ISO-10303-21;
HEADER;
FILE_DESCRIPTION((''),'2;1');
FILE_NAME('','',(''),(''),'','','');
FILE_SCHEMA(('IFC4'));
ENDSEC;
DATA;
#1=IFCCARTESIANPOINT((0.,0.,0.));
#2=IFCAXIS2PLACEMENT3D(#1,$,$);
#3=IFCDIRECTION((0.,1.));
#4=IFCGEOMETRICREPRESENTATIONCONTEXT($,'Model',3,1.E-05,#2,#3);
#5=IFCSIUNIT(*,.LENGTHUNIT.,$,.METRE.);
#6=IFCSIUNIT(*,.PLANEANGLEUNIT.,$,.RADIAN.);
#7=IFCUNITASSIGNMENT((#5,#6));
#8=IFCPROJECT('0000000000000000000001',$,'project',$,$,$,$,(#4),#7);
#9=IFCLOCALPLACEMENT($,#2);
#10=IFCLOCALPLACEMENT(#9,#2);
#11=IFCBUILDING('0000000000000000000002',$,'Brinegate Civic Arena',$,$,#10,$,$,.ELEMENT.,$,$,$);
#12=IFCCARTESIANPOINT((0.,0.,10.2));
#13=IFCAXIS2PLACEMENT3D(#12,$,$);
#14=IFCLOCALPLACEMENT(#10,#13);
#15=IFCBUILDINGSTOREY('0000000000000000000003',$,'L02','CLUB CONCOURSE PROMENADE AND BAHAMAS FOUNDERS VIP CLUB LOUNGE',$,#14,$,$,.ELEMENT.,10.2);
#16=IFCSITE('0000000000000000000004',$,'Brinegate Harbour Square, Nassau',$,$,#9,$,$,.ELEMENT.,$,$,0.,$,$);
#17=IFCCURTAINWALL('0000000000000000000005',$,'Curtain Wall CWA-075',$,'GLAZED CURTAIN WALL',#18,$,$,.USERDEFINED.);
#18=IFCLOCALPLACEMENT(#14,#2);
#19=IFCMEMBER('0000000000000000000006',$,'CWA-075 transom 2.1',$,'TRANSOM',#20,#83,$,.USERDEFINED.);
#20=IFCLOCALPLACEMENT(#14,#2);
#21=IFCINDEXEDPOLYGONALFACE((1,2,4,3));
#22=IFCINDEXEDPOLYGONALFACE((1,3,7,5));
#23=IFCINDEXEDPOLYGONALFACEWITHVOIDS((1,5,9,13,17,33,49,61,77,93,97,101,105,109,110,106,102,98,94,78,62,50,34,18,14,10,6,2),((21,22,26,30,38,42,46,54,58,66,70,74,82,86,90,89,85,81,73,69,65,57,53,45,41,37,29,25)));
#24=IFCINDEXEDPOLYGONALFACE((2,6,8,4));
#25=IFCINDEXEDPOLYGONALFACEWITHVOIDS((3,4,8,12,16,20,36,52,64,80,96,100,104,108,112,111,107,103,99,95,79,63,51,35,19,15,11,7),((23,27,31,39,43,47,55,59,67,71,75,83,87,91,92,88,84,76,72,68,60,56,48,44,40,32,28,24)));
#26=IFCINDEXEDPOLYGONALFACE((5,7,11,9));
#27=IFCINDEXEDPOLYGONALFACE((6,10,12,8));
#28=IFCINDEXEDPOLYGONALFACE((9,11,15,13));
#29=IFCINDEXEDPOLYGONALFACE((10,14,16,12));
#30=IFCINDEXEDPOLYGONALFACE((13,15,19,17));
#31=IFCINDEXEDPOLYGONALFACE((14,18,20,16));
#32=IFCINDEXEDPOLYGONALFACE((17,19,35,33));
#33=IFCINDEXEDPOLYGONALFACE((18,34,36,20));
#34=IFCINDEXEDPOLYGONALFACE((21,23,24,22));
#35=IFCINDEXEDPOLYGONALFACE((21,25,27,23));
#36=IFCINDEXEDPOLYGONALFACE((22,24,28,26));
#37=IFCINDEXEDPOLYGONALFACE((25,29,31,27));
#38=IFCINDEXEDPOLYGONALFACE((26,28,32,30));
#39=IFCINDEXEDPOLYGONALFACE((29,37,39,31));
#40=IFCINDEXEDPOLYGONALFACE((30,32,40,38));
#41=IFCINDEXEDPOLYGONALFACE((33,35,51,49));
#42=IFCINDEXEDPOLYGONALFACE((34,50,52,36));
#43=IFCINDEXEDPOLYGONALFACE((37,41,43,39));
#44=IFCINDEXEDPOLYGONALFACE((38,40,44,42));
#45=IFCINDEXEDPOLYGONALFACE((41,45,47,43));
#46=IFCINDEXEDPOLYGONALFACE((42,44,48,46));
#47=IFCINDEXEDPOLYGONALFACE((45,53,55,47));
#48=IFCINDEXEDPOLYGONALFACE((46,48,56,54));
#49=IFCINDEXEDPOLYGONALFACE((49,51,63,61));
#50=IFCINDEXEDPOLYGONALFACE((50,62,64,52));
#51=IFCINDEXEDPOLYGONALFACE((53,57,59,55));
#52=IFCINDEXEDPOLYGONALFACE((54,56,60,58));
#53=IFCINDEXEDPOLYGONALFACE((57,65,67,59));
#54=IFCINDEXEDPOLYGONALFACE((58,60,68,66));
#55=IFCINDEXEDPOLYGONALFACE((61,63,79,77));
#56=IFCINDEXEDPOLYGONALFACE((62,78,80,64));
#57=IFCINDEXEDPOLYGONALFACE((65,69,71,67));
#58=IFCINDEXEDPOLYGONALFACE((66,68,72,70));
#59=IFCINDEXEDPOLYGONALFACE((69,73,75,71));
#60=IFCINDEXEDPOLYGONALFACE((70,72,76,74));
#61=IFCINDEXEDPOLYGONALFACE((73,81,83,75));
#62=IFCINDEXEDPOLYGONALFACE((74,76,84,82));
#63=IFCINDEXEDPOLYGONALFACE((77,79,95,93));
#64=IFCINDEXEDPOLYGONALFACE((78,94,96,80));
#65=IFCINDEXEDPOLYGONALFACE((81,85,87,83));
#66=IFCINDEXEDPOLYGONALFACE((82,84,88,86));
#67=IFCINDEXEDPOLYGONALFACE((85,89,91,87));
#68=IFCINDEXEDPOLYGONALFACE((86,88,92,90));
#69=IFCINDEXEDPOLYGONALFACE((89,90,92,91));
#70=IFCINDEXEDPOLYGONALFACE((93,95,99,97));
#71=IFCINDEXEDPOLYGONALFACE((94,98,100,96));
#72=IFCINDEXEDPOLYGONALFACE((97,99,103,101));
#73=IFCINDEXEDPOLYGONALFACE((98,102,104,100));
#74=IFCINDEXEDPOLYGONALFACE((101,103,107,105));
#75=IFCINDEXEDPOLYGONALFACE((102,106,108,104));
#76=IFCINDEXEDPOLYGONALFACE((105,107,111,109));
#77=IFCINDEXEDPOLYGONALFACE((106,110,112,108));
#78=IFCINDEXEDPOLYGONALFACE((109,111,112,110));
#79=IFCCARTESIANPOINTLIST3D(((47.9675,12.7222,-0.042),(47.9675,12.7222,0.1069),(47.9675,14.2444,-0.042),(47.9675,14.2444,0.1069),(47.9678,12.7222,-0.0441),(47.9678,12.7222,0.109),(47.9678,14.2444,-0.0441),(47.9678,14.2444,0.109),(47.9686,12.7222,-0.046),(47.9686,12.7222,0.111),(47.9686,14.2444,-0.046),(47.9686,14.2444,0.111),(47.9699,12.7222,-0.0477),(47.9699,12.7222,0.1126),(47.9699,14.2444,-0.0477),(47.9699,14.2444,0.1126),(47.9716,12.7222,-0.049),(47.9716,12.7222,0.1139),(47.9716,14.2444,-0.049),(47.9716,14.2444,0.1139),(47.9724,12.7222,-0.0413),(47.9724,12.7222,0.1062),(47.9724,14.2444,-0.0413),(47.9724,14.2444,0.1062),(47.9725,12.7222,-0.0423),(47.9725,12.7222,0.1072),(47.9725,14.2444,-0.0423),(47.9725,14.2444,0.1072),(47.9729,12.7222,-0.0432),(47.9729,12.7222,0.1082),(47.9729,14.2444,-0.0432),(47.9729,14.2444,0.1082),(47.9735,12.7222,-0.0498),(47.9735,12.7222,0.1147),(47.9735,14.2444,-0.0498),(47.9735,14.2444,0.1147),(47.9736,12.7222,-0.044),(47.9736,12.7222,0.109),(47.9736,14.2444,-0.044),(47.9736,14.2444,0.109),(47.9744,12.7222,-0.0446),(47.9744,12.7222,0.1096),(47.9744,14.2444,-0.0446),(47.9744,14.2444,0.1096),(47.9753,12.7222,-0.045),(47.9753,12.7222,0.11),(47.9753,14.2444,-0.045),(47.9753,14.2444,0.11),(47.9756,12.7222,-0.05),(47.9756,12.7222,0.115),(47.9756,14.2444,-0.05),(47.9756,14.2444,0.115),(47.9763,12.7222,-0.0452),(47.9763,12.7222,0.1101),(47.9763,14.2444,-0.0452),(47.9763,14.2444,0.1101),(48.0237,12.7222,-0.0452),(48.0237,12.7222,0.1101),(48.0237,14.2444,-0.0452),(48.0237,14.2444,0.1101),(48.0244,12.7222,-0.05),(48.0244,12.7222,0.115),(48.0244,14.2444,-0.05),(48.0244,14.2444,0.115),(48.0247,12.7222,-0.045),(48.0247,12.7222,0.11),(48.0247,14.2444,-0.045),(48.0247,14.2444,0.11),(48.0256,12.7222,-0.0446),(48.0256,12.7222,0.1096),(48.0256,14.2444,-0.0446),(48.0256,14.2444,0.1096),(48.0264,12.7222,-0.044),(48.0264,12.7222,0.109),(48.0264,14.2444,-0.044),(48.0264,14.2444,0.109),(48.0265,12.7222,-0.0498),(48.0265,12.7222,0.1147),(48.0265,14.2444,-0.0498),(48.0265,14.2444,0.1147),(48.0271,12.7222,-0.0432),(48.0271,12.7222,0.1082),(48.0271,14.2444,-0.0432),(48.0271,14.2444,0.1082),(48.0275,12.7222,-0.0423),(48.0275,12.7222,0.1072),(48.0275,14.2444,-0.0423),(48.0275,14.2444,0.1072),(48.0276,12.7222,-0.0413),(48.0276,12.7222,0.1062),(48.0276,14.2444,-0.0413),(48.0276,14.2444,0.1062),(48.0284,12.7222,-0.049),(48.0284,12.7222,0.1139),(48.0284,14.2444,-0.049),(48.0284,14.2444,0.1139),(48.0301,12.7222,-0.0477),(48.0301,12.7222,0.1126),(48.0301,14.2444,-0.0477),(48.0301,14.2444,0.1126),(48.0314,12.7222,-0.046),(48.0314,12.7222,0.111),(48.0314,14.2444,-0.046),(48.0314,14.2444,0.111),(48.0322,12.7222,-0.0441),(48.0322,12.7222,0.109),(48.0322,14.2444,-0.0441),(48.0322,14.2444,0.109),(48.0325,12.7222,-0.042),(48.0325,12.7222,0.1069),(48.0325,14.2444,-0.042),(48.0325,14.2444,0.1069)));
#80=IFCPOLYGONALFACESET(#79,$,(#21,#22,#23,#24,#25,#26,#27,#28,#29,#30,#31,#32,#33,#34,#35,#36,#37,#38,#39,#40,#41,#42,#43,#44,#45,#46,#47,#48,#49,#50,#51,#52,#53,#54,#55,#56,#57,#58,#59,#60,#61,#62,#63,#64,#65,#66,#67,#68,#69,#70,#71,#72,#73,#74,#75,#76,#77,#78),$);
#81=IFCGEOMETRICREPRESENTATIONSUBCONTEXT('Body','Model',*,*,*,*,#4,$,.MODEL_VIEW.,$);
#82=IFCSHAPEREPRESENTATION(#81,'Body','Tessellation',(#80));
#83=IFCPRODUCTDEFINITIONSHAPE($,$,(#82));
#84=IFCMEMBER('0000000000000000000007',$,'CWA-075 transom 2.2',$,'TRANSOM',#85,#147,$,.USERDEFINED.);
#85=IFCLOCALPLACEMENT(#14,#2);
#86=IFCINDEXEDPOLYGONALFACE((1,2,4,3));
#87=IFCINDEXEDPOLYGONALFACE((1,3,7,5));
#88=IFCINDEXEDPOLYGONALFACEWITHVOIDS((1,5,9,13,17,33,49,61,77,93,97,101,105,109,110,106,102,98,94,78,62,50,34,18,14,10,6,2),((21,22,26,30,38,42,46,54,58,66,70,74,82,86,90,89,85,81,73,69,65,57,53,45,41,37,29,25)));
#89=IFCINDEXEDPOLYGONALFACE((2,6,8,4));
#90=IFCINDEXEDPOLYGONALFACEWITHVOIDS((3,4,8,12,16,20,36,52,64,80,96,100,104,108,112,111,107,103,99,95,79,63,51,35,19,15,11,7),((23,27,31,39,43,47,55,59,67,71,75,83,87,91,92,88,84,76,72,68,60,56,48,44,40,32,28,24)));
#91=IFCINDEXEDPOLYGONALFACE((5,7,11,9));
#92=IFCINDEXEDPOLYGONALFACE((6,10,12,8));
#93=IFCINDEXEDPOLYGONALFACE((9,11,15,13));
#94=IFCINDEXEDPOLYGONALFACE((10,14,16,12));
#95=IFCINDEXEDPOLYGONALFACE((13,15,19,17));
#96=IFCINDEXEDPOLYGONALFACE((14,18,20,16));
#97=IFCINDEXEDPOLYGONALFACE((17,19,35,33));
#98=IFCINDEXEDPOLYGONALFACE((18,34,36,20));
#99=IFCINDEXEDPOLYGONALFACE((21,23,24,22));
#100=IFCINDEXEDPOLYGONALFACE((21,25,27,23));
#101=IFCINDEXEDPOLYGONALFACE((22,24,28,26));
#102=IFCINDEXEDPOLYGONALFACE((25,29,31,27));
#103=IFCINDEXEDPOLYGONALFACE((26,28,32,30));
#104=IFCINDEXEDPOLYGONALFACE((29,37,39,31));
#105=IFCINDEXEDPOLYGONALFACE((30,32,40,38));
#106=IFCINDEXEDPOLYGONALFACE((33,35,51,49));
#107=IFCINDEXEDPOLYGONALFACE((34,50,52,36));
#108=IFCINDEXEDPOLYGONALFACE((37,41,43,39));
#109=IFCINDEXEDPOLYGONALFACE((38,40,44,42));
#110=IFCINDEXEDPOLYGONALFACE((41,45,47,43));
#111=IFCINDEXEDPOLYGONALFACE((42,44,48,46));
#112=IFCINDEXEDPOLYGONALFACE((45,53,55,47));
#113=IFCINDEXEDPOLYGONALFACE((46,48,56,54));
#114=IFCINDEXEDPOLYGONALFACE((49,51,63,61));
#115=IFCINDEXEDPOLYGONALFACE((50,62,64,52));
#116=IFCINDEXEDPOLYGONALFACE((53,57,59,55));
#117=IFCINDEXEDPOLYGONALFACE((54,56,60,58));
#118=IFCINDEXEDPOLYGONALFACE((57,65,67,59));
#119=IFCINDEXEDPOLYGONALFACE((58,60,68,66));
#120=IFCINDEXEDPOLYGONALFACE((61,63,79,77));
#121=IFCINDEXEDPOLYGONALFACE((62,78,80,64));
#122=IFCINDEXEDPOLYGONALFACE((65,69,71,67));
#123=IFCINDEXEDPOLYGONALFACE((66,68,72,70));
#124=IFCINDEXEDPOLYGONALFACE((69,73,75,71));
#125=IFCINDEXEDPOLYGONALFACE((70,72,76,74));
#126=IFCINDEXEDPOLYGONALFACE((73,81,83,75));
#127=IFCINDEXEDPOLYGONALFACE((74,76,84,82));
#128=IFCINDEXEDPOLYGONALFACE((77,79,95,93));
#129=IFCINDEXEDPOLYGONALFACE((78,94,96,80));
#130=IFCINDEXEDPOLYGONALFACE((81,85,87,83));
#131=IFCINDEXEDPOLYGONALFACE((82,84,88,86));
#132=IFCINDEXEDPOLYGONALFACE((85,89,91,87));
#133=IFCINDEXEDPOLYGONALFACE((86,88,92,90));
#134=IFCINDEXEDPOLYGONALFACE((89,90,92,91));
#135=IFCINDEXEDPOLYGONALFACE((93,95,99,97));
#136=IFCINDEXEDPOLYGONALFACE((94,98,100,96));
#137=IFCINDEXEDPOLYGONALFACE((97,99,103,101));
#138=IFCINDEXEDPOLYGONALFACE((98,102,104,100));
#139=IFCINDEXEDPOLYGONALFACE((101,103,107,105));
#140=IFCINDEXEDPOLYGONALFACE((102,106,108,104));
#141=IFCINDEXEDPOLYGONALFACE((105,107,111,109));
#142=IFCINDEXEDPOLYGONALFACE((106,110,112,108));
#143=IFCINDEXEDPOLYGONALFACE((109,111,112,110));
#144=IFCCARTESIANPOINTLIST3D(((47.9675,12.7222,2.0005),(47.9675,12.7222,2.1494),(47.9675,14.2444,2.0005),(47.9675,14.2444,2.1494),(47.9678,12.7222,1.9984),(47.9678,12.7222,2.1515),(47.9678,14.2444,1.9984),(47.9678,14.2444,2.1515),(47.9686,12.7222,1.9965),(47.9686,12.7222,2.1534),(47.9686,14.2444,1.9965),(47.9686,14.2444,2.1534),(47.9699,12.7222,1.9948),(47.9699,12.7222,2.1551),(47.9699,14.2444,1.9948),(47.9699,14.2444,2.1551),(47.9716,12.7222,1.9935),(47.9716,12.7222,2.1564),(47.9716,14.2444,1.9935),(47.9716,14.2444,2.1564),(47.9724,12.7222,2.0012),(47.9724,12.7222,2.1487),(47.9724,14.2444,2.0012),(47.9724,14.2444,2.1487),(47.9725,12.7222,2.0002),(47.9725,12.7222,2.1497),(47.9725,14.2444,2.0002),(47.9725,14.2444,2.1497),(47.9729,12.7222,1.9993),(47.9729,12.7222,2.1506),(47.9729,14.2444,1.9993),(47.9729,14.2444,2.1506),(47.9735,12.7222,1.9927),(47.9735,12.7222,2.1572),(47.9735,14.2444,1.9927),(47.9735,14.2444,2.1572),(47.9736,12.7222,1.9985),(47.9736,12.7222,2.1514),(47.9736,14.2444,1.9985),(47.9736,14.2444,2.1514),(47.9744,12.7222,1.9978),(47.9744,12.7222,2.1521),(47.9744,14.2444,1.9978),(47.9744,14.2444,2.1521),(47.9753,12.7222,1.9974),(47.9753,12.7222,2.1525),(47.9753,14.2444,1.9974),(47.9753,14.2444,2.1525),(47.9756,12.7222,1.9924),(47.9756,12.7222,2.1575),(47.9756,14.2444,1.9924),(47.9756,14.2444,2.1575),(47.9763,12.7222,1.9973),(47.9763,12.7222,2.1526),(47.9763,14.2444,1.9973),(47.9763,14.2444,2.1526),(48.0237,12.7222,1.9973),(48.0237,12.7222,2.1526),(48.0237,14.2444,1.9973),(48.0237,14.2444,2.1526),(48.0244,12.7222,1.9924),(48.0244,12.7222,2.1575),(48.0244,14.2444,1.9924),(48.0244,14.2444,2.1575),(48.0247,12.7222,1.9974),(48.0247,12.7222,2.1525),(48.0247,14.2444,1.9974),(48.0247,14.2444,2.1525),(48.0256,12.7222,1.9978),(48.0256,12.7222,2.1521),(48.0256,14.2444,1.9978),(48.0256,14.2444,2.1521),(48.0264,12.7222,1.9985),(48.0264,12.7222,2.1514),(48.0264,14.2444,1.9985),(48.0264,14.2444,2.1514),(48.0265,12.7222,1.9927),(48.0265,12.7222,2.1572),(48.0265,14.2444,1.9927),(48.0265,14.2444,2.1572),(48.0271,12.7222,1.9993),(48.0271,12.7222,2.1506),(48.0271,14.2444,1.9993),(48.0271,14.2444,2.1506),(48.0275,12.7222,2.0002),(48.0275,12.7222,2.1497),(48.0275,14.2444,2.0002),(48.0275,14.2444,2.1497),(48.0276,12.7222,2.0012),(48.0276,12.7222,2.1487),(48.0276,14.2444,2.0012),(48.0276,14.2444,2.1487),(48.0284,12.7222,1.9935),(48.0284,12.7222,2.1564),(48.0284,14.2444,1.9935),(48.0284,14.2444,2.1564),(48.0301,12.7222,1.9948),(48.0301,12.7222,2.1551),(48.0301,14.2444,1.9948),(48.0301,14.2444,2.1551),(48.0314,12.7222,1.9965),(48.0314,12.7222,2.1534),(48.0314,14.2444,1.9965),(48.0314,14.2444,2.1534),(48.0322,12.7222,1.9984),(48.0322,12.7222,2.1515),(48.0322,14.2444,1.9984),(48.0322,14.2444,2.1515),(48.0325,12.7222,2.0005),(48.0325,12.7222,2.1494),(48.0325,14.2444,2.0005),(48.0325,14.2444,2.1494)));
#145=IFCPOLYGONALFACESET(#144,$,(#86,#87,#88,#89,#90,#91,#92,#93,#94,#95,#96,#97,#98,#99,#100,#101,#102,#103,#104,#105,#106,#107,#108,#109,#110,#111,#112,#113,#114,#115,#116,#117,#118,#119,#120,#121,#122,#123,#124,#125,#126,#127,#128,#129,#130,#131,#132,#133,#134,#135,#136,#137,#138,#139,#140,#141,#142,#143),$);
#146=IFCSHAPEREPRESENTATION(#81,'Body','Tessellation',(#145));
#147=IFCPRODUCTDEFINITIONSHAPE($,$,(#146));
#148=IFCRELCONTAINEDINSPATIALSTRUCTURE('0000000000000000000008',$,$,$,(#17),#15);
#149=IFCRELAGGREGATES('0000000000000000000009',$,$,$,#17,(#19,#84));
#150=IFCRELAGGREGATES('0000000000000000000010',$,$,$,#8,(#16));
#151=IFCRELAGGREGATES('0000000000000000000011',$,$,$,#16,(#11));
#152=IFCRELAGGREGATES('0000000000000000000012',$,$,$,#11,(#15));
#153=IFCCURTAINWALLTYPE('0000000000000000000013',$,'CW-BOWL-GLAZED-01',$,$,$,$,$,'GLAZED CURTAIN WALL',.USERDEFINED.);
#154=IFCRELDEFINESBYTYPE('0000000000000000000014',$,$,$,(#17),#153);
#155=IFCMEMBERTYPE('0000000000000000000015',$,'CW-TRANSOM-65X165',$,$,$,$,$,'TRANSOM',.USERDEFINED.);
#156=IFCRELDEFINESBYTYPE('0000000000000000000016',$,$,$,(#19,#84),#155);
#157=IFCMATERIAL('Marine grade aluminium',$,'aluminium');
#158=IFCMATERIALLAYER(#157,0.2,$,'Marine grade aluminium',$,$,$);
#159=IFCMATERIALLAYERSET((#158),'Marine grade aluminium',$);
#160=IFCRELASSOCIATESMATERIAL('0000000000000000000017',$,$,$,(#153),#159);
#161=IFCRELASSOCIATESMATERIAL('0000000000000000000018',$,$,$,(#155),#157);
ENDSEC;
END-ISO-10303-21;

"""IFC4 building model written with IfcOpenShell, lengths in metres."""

from ifc_helpers import new_model, si_unit, direction, frame, origin, origin_2d, place, context, subcontext, project, spatial, hollow_rectangle, extrude, material, layer, layer_set, material_profile, profile_set, type_object, element, aggregate, save


model = new_model("IFC4")

# Units and contexts
model_context = context("Model", 3, precision=1e-05, world=origin(), true_north=direction((0.0, 1.0)))
body_context = subcontext(model_context, "Body", "Model", "MODEL_VIEW")
ifc_project = project(units=[si_unit("LENGTHUNIT", "METRE"), si_unit("PLANEANGLEUNIT", "RADIAN")], contexts=[model_context])

# Site, building, storey
site_placement = place(None, origin())
site = spatial("IfcSite", under=ifc_project, at=site_placement, Name="Brinegate Harbour Square, Nassau", CompositionType="ELEMENT", RefElevation=0.0)
building_placement = place(site_placement, origin())
building = spatial("IfcBuilding", under=site, at=building_placement, Name="Brinegate Civic Arena", CompositionType="ELEMENT")
storey_placement = place(building_placement, frame((0.0, 0.0, 10.2)))
storey = spatial("IfcBuildingStorey", under=building, at=storey_placement, Name="L02", Description="CLUB CONCOURSE PROMENADE AND BAHAMAS FOUNDERS VIP CLUB LOUNGE", CompositionType="ELEMENT", Elevation=10.2)

# Curtain wall
ifc_material_1 = material(Name="Marine grade aluminium", Category="aluminium")
ifc_layer_1 = layer(ifc_material_1, 0.2, Name="Marine grade aluminium")
ifc_layer_set_1 = layer_set([ifc_layer_1], Name="Marine grade aluminium")
curtain_wall_type_1 = type_object("IfcCurtainWallType", Name="CW-BOWL-GLAZED-01", ElementType="GLAZED CURTAIN WALL", PredefinedType="USERDEFINED", material=ifc_layer_set_1)
curtain_wall_1_placement = place(storey_placement, origin())
curtain_wall_1 = element("IfcCurtainWall", 1, at=curtain_wall_1_placement, inside=storey, type_object=curtain_wall_type_1, Name="Curtain Wall CWA-075", ObjectType="GLAZED CURTAIN WALL", PredefinedType="USERDEFINED")

# Members
ifc_material_profile_1 = material_profile(ifc_material_1, hollow_rectangle(XDim=0.0649, YDim=0.165, WallThickness=0.0049, InnerFilletRadius=0.0039, OuterFilletRadius=0.0081, at=origin_2d()), Name="TRN65X165")
ifc_profile_set_1 = profile_set([ifc_material_profile_1], Name="Marine grade aluminium")
member_type_1 = type_object("IfcMemberType", Name="CW-TRANSOM-65X165", ElementType="TRANSOM", PredefinedType="USERDEFINED", material=ifc_profile_set_1)
member_1_placement = place(storey_placement, frame((48.0, 12.7222, 0.0325), z_axis=(0.0, 1.0, 0.0), x_axis=(-1.0, 0.0, 0.0)))
member_1 = element("IfcMember", 2, at=member_1_placement, type_object=member_type_1, Name="CWA-075 transom 2.1", ObjectType="TRANSOM", PredefinedType="USERDEFINED", context=body_context, shape_type="SweptSolid", body=[
    extrude(hollow_rectangle(XDim=0.0649, YDim=0.165, WallThickness=0.0049, InnerFilletRadius=0.0039, OuterFilletRadius=0.0081, at=origin_2d()), origin(), (0.0, 0.0, 1.0), 1.5222),
])
member_2_placement = place(storey_placement, frame((48.0, 12.7222, 2.075), z_axis=(0.0, 1.0, 0.0), x_axis=(-1.0, 0.0, 0.0)))
member_2 = element("IfcMember", 3, at=member_2_placement, type_object=member_type_1, Name="CWA-075 transom 2.2", ObjectType="TRANSOM", PredefinedType="USERDEFINED", context=body_context, shape_type="SweptSolid", body=[
    extrude(hollow_rectangle(XDim=0.0649, YDim=0.165, WallThickness=0.0049, InnerFilletRadius=0.0039, OuterFilletRadius=0.0081, at=origin_2d()), origin(), (0.0, 0.0, 1.0), 1.5222),
])

aggregate(curtain_wall_1, [member_1, member_2])

save(model, "model.ifc")
